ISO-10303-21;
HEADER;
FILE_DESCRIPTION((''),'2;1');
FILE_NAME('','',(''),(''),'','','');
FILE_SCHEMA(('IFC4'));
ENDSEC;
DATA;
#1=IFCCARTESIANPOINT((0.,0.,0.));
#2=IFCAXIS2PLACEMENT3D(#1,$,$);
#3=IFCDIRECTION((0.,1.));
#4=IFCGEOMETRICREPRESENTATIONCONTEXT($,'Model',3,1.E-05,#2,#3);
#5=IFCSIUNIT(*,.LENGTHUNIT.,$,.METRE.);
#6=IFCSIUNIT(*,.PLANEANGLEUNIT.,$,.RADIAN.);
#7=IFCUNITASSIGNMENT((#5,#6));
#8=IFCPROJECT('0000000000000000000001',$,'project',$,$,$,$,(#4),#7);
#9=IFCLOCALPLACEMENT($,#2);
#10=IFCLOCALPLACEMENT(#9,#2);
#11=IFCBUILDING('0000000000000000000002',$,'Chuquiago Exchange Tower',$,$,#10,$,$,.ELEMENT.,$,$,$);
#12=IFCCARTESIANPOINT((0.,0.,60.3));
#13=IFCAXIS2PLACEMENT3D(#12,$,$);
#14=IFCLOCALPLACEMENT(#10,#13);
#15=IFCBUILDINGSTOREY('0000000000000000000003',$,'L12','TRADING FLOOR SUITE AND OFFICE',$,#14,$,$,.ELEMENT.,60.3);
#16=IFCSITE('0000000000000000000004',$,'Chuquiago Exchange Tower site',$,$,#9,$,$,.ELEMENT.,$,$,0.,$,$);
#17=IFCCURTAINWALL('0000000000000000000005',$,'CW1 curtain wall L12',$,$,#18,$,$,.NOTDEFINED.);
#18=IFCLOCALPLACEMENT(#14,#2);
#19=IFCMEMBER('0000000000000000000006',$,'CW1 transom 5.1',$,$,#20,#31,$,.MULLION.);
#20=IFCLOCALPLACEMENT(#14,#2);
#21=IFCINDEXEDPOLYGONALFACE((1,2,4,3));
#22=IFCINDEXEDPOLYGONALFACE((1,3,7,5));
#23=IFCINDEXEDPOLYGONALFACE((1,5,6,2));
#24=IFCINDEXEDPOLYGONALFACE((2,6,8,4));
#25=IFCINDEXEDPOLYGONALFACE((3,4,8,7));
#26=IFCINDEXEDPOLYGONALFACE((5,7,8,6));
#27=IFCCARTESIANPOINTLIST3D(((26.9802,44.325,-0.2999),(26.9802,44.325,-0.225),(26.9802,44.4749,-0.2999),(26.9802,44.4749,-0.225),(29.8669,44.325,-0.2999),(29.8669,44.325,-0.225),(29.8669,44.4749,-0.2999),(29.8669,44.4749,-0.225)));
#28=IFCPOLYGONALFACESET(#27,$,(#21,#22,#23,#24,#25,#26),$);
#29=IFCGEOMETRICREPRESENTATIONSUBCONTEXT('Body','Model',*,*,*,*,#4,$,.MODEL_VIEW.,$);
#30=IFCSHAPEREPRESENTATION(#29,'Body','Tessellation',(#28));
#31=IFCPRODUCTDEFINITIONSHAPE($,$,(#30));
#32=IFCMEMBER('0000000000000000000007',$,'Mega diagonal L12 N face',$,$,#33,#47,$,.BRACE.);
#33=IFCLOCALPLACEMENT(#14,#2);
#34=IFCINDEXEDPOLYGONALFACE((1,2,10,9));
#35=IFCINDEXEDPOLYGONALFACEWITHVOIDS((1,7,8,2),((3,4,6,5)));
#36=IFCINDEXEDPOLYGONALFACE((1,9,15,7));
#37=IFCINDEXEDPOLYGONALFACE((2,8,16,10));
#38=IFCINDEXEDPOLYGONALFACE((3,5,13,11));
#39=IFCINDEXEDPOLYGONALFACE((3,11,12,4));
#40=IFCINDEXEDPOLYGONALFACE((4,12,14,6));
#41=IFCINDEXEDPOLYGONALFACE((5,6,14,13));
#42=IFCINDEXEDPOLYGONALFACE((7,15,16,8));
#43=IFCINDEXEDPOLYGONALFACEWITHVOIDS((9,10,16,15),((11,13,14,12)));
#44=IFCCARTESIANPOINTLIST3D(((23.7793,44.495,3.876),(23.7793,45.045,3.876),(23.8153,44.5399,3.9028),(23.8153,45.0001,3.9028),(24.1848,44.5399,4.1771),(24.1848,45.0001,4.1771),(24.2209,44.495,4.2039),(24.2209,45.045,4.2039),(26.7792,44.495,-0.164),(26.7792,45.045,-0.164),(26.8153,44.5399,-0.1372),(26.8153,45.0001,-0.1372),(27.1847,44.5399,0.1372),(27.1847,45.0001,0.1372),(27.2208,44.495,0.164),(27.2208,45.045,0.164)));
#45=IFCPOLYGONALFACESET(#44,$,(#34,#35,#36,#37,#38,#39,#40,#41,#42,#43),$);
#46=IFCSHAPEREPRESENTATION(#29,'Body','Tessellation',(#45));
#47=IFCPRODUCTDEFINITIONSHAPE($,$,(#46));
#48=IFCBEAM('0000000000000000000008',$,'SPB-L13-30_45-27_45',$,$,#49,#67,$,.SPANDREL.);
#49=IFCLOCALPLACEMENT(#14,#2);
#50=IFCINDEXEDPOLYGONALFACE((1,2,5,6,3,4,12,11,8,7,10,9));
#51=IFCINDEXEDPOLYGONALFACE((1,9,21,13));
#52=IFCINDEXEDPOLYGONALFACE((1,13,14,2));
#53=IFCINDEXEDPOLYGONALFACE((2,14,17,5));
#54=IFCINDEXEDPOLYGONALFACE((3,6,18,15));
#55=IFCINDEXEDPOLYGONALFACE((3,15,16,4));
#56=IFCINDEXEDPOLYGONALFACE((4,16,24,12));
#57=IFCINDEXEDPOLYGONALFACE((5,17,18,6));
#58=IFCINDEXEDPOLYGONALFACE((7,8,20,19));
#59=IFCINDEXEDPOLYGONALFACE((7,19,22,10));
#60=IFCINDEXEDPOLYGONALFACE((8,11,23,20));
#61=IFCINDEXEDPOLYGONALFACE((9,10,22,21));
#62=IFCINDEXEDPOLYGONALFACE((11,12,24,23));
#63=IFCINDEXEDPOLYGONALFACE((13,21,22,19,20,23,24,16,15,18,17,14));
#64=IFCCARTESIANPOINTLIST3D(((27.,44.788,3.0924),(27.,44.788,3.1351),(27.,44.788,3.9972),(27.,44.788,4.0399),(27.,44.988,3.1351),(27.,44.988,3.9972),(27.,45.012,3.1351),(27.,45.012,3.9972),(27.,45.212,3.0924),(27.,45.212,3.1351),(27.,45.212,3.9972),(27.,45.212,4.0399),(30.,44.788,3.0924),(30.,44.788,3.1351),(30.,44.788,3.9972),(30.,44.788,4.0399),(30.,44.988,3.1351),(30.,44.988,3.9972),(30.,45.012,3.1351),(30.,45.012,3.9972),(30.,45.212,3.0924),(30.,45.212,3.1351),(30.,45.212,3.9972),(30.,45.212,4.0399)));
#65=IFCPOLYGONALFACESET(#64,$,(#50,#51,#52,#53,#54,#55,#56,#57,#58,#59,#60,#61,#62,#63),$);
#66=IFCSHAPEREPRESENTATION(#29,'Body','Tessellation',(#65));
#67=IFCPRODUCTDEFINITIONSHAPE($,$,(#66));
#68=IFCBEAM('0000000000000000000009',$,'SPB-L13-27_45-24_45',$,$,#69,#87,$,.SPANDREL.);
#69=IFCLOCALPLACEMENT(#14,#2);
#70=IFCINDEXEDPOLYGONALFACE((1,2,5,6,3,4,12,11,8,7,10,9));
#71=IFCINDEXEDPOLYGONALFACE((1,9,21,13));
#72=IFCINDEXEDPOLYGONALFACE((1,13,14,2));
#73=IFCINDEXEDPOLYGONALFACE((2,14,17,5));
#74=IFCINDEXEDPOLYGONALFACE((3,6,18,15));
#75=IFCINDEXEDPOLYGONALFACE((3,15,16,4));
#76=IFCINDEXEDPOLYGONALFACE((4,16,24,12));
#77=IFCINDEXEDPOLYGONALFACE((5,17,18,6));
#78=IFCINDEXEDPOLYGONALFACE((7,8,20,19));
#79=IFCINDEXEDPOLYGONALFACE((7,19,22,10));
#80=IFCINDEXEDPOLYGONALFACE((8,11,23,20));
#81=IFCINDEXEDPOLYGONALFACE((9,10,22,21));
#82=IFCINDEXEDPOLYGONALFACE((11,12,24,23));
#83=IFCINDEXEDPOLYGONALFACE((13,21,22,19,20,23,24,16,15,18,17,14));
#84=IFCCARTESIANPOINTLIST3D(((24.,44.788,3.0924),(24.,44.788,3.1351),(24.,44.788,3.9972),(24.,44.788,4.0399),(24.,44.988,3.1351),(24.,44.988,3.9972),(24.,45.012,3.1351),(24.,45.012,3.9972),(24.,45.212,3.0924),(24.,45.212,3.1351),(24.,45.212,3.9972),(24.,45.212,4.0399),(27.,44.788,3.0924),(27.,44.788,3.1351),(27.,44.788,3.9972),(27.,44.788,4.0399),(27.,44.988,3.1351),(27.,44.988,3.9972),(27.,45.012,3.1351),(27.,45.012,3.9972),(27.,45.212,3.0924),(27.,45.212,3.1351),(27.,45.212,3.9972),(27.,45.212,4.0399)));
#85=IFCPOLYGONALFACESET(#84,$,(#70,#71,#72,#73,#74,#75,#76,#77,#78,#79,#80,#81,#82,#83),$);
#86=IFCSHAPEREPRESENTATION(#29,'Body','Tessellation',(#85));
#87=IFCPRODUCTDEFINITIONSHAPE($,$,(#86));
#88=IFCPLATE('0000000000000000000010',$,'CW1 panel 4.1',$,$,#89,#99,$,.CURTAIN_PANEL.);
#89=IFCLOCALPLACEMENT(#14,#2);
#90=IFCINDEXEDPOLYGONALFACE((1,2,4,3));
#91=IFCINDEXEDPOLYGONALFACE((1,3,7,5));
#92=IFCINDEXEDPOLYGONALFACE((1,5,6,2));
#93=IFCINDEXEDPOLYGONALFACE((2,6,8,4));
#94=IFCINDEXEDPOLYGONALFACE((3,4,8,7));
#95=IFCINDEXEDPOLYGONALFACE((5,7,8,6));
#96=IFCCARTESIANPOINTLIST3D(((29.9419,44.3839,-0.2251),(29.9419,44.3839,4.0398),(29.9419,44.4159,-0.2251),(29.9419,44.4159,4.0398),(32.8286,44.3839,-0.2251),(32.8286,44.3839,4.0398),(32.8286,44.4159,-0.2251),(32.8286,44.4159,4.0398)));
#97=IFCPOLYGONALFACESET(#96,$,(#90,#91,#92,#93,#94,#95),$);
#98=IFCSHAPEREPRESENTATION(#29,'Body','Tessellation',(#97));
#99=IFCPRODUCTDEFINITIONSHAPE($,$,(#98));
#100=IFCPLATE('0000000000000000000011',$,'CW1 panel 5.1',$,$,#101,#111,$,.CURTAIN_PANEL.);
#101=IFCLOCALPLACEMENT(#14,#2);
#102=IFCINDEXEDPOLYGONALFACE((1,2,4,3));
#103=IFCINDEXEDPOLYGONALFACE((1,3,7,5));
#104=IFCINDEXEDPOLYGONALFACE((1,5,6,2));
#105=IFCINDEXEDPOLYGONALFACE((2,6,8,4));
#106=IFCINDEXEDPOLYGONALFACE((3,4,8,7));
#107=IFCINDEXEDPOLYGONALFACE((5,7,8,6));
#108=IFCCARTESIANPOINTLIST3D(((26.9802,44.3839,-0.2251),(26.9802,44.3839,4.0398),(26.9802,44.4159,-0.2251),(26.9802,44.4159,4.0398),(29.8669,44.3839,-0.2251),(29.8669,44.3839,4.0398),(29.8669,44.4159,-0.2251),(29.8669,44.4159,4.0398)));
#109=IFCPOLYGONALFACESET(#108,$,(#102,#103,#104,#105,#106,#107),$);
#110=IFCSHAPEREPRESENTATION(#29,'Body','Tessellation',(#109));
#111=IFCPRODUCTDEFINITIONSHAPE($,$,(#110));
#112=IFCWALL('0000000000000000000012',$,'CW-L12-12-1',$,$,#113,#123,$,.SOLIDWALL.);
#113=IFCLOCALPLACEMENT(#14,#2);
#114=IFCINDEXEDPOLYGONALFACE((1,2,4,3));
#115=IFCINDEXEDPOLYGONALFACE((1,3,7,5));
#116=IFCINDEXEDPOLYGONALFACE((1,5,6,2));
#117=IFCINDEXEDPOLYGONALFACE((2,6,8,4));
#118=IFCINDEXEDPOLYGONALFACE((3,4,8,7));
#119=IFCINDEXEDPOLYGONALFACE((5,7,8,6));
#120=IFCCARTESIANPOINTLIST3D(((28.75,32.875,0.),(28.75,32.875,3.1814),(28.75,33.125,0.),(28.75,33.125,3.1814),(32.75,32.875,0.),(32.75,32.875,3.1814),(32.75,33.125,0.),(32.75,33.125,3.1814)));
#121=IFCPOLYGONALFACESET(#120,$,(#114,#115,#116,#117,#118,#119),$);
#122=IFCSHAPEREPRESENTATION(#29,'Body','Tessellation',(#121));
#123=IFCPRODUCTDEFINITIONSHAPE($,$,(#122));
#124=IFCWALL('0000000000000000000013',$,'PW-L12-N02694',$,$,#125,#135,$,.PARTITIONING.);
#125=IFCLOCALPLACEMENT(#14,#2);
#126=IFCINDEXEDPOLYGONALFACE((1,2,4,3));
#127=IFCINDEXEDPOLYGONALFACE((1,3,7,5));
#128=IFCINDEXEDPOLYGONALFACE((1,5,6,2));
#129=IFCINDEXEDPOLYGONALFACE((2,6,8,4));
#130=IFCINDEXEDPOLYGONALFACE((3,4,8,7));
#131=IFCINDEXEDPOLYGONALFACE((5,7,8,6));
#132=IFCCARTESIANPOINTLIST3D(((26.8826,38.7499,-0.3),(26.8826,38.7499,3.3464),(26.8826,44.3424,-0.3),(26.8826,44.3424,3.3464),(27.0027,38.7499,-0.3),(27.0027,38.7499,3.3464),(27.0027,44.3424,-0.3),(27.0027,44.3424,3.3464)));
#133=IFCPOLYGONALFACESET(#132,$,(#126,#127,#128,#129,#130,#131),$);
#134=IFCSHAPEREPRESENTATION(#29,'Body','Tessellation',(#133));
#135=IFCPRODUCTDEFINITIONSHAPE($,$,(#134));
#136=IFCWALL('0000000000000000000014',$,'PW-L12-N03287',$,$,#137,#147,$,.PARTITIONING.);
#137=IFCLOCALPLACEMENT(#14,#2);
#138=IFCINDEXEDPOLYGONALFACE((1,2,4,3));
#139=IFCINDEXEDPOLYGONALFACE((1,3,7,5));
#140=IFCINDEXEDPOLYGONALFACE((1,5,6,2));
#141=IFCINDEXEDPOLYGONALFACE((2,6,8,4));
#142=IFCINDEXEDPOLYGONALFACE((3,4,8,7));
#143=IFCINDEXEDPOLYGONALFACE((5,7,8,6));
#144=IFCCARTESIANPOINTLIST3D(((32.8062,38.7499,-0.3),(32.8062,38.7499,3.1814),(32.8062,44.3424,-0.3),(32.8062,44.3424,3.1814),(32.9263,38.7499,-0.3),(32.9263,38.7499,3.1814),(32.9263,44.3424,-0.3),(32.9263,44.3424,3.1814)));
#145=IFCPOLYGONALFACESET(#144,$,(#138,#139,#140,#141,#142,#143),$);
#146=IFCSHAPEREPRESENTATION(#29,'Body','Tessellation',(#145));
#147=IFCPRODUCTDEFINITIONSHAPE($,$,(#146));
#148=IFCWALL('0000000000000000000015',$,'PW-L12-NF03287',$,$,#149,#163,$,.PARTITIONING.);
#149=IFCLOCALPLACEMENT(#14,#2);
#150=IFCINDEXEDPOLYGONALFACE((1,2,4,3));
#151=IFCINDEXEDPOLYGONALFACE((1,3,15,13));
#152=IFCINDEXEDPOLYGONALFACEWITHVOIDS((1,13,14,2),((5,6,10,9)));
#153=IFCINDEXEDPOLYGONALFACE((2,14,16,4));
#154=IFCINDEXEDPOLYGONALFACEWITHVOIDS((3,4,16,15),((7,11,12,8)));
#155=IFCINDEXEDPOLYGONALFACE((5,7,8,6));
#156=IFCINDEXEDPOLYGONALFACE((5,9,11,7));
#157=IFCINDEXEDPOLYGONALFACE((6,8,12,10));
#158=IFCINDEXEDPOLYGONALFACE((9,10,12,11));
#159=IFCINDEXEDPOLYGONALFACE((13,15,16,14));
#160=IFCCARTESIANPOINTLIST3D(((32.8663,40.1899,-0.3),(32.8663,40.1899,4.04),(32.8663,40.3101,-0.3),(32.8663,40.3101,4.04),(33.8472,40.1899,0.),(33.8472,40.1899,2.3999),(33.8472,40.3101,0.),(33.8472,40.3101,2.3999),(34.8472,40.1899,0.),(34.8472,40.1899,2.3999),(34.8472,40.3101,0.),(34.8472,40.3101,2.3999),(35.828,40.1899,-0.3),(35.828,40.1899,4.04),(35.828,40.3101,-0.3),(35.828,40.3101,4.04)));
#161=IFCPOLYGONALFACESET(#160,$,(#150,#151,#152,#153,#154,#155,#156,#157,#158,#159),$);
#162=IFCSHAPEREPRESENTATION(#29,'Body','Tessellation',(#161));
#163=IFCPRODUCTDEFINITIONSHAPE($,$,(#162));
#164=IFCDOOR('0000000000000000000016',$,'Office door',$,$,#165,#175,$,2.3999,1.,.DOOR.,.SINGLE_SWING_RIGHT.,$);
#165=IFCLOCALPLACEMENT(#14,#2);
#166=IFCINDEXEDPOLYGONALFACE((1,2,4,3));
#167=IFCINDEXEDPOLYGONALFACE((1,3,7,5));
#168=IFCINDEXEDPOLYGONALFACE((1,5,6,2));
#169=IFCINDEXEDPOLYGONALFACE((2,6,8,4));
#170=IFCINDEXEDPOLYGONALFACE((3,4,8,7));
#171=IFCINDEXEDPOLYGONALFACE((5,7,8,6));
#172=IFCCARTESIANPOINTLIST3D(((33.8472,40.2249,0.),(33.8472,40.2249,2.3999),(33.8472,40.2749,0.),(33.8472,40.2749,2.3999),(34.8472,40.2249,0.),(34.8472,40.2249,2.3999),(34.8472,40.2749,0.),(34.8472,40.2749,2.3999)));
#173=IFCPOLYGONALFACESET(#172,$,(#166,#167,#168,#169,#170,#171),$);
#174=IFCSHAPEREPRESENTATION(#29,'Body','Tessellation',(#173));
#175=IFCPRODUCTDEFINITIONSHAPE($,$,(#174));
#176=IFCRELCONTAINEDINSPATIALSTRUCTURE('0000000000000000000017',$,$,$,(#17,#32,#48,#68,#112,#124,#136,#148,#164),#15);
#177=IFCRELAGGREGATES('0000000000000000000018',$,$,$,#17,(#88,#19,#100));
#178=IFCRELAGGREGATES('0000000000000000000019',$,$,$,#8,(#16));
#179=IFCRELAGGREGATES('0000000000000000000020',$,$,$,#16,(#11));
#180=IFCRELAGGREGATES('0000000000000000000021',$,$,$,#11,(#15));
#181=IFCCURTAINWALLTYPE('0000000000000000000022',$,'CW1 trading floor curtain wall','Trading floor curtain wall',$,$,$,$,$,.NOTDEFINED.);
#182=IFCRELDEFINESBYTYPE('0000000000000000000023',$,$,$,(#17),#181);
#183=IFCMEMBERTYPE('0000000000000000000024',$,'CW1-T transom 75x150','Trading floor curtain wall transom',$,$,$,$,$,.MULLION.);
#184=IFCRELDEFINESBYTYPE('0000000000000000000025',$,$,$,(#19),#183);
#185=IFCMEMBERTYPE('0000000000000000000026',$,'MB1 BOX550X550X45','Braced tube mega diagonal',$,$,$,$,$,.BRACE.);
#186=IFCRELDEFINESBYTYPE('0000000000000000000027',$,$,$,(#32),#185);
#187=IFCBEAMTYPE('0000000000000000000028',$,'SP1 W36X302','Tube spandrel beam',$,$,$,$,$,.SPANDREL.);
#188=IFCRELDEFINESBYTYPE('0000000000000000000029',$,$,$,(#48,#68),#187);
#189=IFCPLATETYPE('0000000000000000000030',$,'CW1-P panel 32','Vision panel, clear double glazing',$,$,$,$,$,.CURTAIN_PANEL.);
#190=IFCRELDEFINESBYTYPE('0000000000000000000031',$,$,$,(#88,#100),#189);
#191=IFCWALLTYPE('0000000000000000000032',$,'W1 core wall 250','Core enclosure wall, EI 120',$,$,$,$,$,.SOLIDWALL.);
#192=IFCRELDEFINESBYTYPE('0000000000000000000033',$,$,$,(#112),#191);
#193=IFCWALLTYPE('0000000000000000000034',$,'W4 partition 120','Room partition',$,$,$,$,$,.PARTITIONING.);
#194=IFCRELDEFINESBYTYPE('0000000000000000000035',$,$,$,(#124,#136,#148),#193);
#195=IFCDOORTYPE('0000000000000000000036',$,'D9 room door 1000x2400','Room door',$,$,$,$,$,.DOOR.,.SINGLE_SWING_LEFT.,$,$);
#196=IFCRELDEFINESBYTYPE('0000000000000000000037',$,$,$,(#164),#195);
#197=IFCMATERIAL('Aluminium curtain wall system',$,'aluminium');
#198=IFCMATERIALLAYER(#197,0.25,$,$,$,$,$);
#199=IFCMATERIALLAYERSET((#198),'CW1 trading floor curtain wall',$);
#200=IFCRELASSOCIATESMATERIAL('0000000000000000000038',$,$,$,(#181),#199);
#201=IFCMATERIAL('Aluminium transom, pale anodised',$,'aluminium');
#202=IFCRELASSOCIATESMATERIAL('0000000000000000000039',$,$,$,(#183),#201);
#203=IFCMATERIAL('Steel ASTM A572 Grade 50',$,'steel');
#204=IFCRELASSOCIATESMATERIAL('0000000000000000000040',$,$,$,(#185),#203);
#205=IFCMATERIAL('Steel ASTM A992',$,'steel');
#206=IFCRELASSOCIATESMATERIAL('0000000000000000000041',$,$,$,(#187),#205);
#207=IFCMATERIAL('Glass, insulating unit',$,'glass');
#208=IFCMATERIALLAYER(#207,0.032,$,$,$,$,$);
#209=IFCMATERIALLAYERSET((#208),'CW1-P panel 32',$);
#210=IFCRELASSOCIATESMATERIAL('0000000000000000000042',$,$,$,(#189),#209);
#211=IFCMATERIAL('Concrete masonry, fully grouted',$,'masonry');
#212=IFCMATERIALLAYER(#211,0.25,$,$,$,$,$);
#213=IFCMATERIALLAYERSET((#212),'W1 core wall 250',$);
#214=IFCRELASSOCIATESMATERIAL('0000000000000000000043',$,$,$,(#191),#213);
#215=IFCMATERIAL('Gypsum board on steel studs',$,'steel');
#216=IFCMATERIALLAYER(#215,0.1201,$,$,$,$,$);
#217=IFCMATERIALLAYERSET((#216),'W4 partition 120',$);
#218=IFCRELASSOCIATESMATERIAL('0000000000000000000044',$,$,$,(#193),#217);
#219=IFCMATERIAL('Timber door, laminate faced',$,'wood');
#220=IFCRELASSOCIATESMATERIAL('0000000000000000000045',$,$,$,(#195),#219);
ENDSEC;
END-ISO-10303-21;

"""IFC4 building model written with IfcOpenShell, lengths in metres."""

from ifc_helpers import new_model, si_unit, direction, frame, frame_2d, origin, origin_2d, place, context, subcontext, project, spatial, rectangle, hollow_rectangle, i_section, extrude, material, layer, layer_set, material_profile, profile_set, type_object, element, fill, aggregate, save


model = new_model("IFC4")

# Units and contexts
model_context = context("Model", 3, precision=1e-05, world=origin(), true_north=direction((0.0, 1.0)))
body_context = subcontext(model_context, "Body", "Model", "MODEL_VIEW")
ifc_project = project(units=[si_unit("LENGTHUNIT", "METRE"), si_unit("PLANEANGLEUNIT", "RADIAN")], contexts=[model_context])

# Site, building, storey
site_placement = place(None, origin())
site = spatial("IfcSite", under=ifc_project, at=site_placement, Name="Chuquiago Exchange Tower site", CompositionType="ELEMENT", RefElevation=0.0)
building_placement = place(site_placement, origin())
building = spatial("IfcBuilding", under=site, at=building_placement, Name="Chuquiago Exchange Tower", CompositionType="ELEMENT")
storey_placement = place(building_placement, frame((0.0, 0.0, 60.3)))
storey = spatial("IfcBuildingStorey", under=building, at=storey_placement, Name="L12", Description="TRADING FLOOR SUITE AND OFFICE", CompositionType="ELEMENT", Elevation=60.3)

# Curtain wall, member
ifc_material_1 = material(Name="Aluminium curtain wall system", Category="aluminium")
ifc_layer_1 = layer(ifc_material_1, 0.25)
ifc_layer_set_1 = layer_set([ifc_layer_1], Name="CW1 trading floor curtain wall")
curtain_wall_type = type_object("IfcCurtainWallType", Name="CW1 trading floor curtain wall", Description="Trading floor curtain wall", PredefinedType="NOTDEFINED", material=ifc_layer_set_1)
curtain_wall_placement = place(storey_placement, origin())
curtain_wall = element("IfcCurtainWall", 1, at=curtain_wall_placement, inside=storey, type_object=curtain_wall_type, Name="CW1 curtain wall L12", PredefinedType="NOTDEFINED")
ifc_material_2 = material(Name="Aluminium transom, pale anodised", Category="aluminium")
ifc_material_profile_1 = material_profile(ifc_material_2, rectangle(XDim=0.1499, YDim=0.075, at=origin_2d()), Name="AL 150x75")
ifc_profile_set_1 = profile_set([ifc_material_profile_1], Name="Aluminium transom, pale anodised")
member_type_1 = type_object("IfcMemberType", Name="CW1-T transom 75x150", Description="Trading floor curtain wall transom", PredefinedType="MULLION", material=ifc_profile_set_1)
member_1_placement = place(storey_placement, frame((29.8669, 44.3999, -0.2625), z_axis=(-1.0, 0.0, 0.0), x_axis=(0.0, -1.0, 0.0)))
member_1 = element("IfcMember", 2, at=member_1_placement, type_object=member_type_1, Name="CW1 transom 5.1", PredefinedType="MULLION", context=body_context, shape_type="SweptSolid", body=[
    extrude(rectangle(XDim=0.1499, YDim=0.075, at=origin_2d()), origin(), (0.0, 0.0, 1.0), 2.8867),
])

# Member
ifc_material_3 = material(Name="Steel ASTM A572 Grade 50", Category="steel")
ifc_material_profile_2 = material_profile(ifc_material_3, hollow_rectangle(XDim=0.55, YDim=0.55, WallThickness=0.0449, at=origin_2d()), Name="BOX550X550X45")
ifc_profile_set_2 = profile_set([ifc_material_profile_2], Name="Steel ASTM A572 Grade 50")
member_type_2 = type_object("IfcMemberType", Name="MB1 BOX550X550X45", Description="Braced tube mega diagonal", PredefinedType="BRACE", material=ifc_profile_set_2)
member_2_placement = place(storey_placement, frame((27.0, 44.77, 0.0), z_axis=(-0.596174, 0.0, 0.802855), x_axis=(0.0, -1.0, 0.0)))
element("IfcMember", 3, at=member_2_placement, inside=storey, type_object=member_type_2, Name="Mega diagonal L12 N face", PredefinedType="BRACE", context=body_context, shape_type="SweptSolid", body=[
    extrude(hollow_rectangle(XDim=0.55, YDim=0.55, WallThickness=0.0449, at=origin_2d()), origin(), (0.0, 0.0, 1.0), 5.032),
])

# Beams
ifc_material_4 = material(Name="Steel ASTM A992", Category="steel")
ifc_material_profile_3 = material_profile(ifc_material_4, i_section(OverallWidth=0.4241, OverallDepth=0.9475, WebThickness=0.0239, FlangeThickness=0.0427, at=origin_2d()), Name="W36X302")
ifc_profile_set_3 = profile_set([ifc_material_profile_3], Name="Steel ASTM A992")
beam_type_1 = type_object("IfcBeamType", Name="SP1 W36X302", Description="Tube spandrel beam", PredefinedType="SPANDREL", material=ifc_profile_set_3)
for number, where, z_axis, x_axis, name in (
    (4, (30.0, 45.0, 3.5662), (-1.0, 0.0, 0.0), (0.0, -1.0, 0.0), "SPB-L13-30_45-27_45"),
    (5, (27.0, 45.0, 3.5662), (-1.0, 0.0, 0.0), (0.0, -1.0, 0.0), "SPB-L13-27_45-24_45"),
):
    element("IfcBeam", number, at=place(storey_placement, frame(where, z_axis=z_axis, x_axis=x_axis)), inside=storey, type_object=beam_type_1, Name=name, PredefinedType="SPANDREL", context=body_context, shape_type="SweptSolid", body=[
        extrude(i_section(OverallWidth=0.4241, OverallDepth=0.9475, WebThickness=0.0239, FlangeThickness=0.0427, at=origin_2d()), origin(), (0.0, 0.0, 1.0), 3.0),
    ])

# Plates
ifc_material_5 = material(Name="Glass, insulating unit", Category="glass")
ifc_layer_2 = layer(ifc_material_5, 0.032)
ifc_layer_set_2 = layer_set([ifc_layer_2], Name="CW1-P panel 32")
plate_type = type_object("IfcPlateType", Name="CW1-P panel 32", Description="Vision panel, clear double glazing", PredefinedType="CURTAIN_PANEL", material=ifc_layer_set_2)
plate_1_placement = place(storey_placement, frame((31.3853, 44.3999, -0.2251), z_axis=(0.0, 0.0, 1.0), x_axis=(-1.0, 0.0, 0.0)))
plate_1 = element("IfcPlate", 6, at=plate_1_placement, type_object=plate_type, Name="CW1 panel 4.1", PredefinedType="CURTAIN_PANEL", context=body_context, shape_type="SweptSolid", body=[
    extrude(rectangle(XDim=2.8867, YDim=0.032, at=origin_2d()), origin(), (0.0, 0.0, 1.0), 4.2649),
])
plate_2_placement = place(storey_placement, frame((28.4236, 44.3999, -0.2251), z_axis=(0.0, 0.0, 1.0), x_axis=(-1.0, 0.0, 0.0)))
plate_2 = element("IfcPlate", 7, at=plate_2_placement, type_object=plate_type, Name="CW1 panel 5.1", PredefinedType="CURTAIN_PANEL", context=body_context, shape_type="SweptSolid", body=[
    extrude(rectangle(XDim=2.8867, YDim=0.032, at=origin_2d()), origin(), (0.0, 0.0, 1.0), 4.2649),
])
aggregate(curtain_wall, [plate_1, member_1, plate_2])

# Walls
ifc_material_6 = material(Name="Concrete masonry, fully grouted", Category="masonry")
ifc_layer_3 = layer(ifc_material_6, 0.25)
ifc_layer_set_3 = layer_set([ifc_layer_3], Name="W1 core wall 250")
wall_type_1 = type_object("IfcWallType", Name="W1 core wall 250", Description="Core enclosure wall, EI 120", PredefinedType="SOLIDWALL", material=ifc_layer_set_3)
wall_1_placement = place(storey_placement, frame((28.75, 33.0, 0.0), z_axis=(0.0, 0.0, 1.0), x_axis=(1.0, 0.0, 0.0)))
element("IfcWall", 8, at=wall_1_placement, inside=storey, type_object=wall_type_1, Name="CW-L12-12-1", PredefinedType="SOLIDWALL", context=body_context, shape_type="SweptSolid", body=[
    extrude(rectangle(XDim=4.0, YDim=0.25, at=frame_2d((2.0, 0.0))), origin(), (0.0, 0.0, 1.0), 3.1814),
])
ifc_material_7 = material(Name="Gypsum board on steel studs", Category="steel")
ifc_layer_4 = layer(ifc_material_7, 0.1201)
ifc_layer_set_4 = layer_set([ifc_layer_4], Name="W4 partition 120")
wall_type_2 = type_object("IfcWallType", Name="W4 partition 120", Description="Room partition", PredefinedType="PARTITIONING", material=ifc_layer_set_4)
wall_2_placement = place(storey_placement, frame((26.9426, 44.3425, -0.3), z_axis=(0.0, 0.0, 1.0), x_axis=(0.0, -1.0, 0.0)))
element("IfcWall", 9, at=wall_2_placement, inside=storey, type_object=wall_type_2, Name="PW-L12-N02694", PredefinedType="PARTITIONING", context=body_context, shape_type="SweptSolid", body=[
    extrude(rectangle(XDim=5.5925, YDim=0.1201, at=frame_2d((2.7964, 0.0))), origin(), (0.0, 0.0, 1.0), 3.6465),
])
wall_3_placement = place(storey_placement, frame((32.8662, 44.3425, -0.3), z_axis=(0.0, 0.0, 1.0), x_axis=(0.0, -1.0, 0.0)))
element("IfcWall", 10, at=wall_3_placement, inside=storey, type_object=wall_type_2, Name="PW-L12-N03287", PredefinedType="PARTITIONING", context=body_context, shape_type="SweptSolid", body=[
    extrude(rectangle(XDim=5.5925, YDim=0.1201, at=frame_2d((2.7964, 0.0))), origin(), (0.0, 0.0, 1.0), 3.4814),
])

# Wall, opening, door
wall_4_placement = place(storey_placement, frame((32.8662, 40.25, -0.3), z_axis=(0.0, 0.0, 1.0), x_axis=(1.0, 0.0, 0.0)))
wall_4 = element("IfcWall", 11, at=wall_4_placement, inside=storey, type_object=wall_type_2, Name="PW-L12-NF03287", PredefinedType="PARTITIONING", context=body_context, shape_type="SweptSolid", body=[
    extrude(rectangle(XDim=2.9617, YDim=0.1201, at=frame_2d((1.481, 0.0))), origin(), (0.0, 0.0, 1.0), 4.3401),
])
opening_placement = place(wall_4_placement, frame((0.981, 0.0, 0.3)))
opening = element("IfcOpeningElement", 12, at=opening_placement, cuts=wall_4, PredefinedType="OPENING", context=body_context, shape_type="SweptSolid", body=[
    extrude(rectangle(XDim=1.0, YDim=2.3999, at=frame_2d((0.5, 1.2))), frame((0.0, 0.0701, 0.0), z_axis=(0.0, -1.0, 0.0), x_axis=(1.0, 0.0, 0.0)), (0.0, 0.0, 1.0), 0.1401),
])
ifc_material_8 = material(Name="Timber door, laminate faced", Category="wood")
door_type = type_object("IfcDoorType", Name="D9 room door 1000x2400", Description="Room door", OperationType="SINGLE_SWING_LEFT", PredefinedType="DOOR", material=ifc_material_8)
door_placement = place(opening_placement, origin())
door = element("IfcDoor", 13, at=door_placement, inside=storey, type_object=door_type, Name="Office door", OperationType="SINGLE_SWING_RIGHT", OverallHeight=2.3999, OverallWidth=1.0, PredefinedType="DOOR", context=body_context, shape_type="SweptSolid", body=[
    extrude(rectangle(XDim=1.0, YDim=2.3999, at=frame_2d((0.5, 1.2))), frame((0.0, 0.0249, 0.0), z_axis=(0.0, -1.0, 0.0), x_axis=(1.0, 0.0, 0.0)), (0.0, 0.0, 1.0), 0.05),
])
fill(opening, door)

save(model, "model.ifc")
